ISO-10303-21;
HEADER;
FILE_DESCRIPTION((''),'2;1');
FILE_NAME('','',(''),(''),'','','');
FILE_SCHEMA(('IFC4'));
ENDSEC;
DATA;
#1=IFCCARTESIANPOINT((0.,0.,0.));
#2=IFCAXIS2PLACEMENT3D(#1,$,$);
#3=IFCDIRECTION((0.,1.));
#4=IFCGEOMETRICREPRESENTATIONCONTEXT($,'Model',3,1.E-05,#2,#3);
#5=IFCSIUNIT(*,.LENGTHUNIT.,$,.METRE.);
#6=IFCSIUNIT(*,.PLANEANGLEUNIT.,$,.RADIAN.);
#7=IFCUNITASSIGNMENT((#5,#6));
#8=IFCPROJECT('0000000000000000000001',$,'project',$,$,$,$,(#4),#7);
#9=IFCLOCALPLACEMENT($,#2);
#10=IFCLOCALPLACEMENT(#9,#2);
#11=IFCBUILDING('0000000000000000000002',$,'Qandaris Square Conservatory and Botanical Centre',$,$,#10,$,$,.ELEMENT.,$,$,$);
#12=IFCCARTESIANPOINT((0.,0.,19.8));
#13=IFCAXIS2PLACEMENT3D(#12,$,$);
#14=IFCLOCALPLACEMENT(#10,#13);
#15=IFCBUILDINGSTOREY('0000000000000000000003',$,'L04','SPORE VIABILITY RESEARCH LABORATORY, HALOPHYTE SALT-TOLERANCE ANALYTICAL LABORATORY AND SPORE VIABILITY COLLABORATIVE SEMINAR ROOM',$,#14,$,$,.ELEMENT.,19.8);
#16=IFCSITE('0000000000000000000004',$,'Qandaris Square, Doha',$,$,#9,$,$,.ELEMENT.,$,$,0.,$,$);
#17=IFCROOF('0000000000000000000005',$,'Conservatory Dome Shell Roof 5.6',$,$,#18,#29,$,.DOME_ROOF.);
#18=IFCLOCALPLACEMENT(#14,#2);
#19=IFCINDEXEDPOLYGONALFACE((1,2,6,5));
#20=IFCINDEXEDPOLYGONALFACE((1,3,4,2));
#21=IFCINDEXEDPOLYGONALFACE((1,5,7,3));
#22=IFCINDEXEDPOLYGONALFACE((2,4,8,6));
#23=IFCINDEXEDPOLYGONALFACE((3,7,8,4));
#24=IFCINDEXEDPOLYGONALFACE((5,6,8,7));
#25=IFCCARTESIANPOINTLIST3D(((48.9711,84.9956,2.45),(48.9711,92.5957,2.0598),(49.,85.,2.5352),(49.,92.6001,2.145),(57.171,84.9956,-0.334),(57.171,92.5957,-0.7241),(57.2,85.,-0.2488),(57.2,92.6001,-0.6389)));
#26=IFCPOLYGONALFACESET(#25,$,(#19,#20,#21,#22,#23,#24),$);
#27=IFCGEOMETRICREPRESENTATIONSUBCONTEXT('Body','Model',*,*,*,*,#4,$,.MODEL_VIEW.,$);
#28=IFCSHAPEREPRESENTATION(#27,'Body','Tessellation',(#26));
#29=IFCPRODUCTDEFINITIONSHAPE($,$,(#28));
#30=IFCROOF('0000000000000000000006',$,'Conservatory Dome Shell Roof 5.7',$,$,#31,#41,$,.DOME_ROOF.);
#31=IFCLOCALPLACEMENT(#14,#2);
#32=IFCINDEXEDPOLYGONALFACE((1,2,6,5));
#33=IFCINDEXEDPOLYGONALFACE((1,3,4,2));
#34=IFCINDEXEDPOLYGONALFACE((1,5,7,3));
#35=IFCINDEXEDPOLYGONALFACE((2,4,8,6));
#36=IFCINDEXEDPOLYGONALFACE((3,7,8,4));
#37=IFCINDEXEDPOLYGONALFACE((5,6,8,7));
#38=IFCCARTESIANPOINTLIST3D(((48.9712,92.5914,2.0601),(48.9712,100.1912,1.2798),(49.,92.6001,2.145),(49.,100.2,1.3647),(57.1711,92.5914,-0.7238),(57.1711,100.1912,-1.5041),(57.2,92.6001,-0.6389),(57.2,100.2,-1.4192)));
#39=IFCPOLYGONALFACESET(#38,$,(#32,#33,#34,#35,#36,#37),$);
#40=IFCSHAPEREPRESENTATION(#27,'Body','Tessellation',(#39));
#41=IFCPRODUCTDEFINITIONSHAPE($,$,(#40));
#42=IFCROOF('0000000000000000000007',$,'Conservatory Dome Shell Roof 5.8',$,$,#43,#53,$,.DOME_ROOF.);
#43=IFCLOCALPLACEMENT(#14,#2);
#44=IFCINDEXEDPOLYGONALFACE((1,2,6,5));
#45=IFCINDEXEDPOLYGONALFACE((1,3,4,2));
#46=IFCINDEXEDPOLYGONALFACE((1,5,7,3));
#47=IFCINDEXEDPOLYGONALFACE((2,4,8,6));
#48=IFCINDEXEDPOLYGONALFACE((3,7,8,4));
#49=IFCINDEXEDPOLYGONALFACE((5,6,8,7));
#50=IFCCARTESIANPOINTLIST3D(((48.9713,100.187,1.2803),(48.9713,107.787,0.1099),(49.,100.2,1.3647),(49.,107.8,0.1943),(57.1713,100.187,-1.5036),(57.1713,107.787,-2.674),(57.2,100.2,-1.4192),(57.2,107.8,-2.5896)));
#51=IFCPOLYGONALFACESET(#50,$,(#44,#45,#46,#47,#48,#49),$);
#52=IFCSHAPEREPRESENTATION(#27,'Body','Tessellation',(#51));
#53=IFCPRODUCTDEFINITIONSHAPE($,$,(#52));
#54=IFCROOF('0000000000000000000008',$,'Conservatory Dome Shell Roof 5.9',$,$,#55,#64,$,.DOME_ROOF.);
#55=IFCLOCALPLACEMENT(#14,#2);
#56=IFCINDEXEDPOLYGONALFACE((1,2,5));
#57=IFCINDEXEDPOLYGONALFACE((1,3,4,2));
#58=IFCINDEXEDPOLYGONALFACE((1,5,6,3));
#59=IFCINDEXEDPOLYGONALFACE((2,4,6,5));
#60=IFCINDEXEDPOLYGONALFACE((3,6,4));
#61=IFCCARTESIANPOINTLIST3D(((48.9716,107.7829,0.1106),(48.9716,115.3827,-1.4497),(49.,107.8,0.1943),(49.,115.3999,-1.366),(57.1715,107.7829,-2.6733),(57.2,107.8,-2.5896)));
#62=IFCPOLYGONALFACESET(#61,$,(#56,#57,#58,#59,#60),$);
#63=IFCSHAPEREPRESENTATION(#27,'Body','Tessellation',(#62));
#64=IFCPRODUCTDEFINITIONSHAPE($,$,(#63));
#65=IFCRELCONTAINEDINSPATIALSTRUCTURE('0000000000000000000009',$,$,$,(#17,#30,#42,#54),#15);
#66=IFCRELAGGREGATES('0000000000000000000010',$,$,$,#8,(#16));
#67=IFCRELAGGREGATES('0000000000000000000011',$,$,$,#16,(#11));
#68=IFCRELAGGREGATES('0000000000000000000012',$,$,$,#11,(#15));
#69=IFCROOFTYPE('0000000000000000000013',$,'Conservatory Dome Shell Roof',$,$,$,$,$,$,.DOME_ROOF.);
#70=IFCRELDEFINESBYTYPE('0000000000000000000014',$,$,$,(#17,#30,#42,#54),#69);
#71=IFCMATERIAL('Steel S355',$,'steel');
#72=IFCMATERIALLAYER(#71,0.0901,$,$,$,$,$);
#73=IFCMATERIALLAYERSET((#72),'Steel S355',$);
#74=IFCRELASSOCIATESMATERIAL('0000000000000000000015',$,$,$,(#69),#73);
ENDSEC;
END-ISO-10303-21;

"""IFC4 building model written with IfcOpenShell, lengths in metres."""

from ifc_helpers import new_model, si_unit, direction, frame, origin, place, context, subcontext, project, spatial, polyline, outline, extrude, material, layer, layer_set, type_object, element, save


model = new_model("IFC4")

# Units and contexts
model_context = context("Model", 3, precision=1e-05, world=origin(), true_north=direction((0.0, 1.0)))
body_context = subcontext(model_context, "Body", "Model", "MODEL_VIEW")
ifc_project = project(units=[si_unit("LENGTHUNIT", "METRE"), si_unit("PLANEANGLEUNIT", "RADIAN")], contexts=[model_context])

# Site, building, storey
site_placement = place(None, origin())
site = spatial("IfcSite", under=ifc_project, at=site_placement, Name="Qandaris Square, Doha", CompositionType="ELEMENT", RefElevation=0.0)
building_placement = place(site_placement, origin())
building = spatial("IfcBuilding", under=site, at=building_placement, Name="Qandaris Square Conservatory and Botanical Centre", CompositionType="ELEMENT")
storey_placement = place(building_placement, frame((0.0, 0.0, 19.8)))
storey = spatial("IfcBuildingStorey", under=building, at=storey_placement, Name="L04", Description="SPORE VIABILITY RESEARCH LABORATORY, HALOPHYTE SALT-TOLERANCE ANALYTICAL LABORATORY AND SPORE VIABILITY COLLABORATIVE SEMINAR ROOM", CompositionType="ELEMENT", Elevation=19.8)

# Shared definitions
ifc_material_1 = material(Name="Steel S355", Category="steel")

# Roofs
ifc_layer_1 = layer(ifc_material_1, 0.0901)
ifc_layer_set_1 = layer_set([ifc_layer_1], Name="Steel S355")
roof_type = type_object("IfcRoofType", Name="Conservatory Dome Shell Roof", PredefinedType="DOME_ROOF", material=ifc_layer_set_1)
roof_1_placement = place(storey_placement, frame((49.0, 85.0, 2.5352), z_axis=(0.321105, 0.048551, 0.945798), x_axis=(0.946915, 0.0, -0.321484)))
element("IfcRoof", 1, at=roof_1_placement, inside=storey, type_object=roof_type, Name="Conservatory Dome Shell Roof 5.6", PredefinedType="DOME_ROOF", context=body_context, shape_type="SweptSolid", body=[
    extrude(outline(polyline([(0.0, 0.0), (8.6596, 0.0), (8.7851, 7.6091), (0.1254, 7.6091), (0.0, 0.0)])), origin(), (0.0, 0.0, -1.0), 0.0901),
])
roof_2_placement = place(storey_placement, frame((49.0, 92.6001, 2.145), z_axis=(0.319975, 0.096763, 0.942472), x_axis=(0.946915, 0.0, -0.321484)))
element("IfcRoof", 2, at=roof_2_placement, inside=storey, type_object=roof_type, Name="Conservatory Dome Shell Roof 5.7", PredefinedType="DOME_ROOF", context=body_context, shape_type="SweptSolid", body=[
    extrude(outline(polyline([(0.0, 0.0), (8.6596, 0.0), (8.9105, 7.6357), (0.2508, 7.6357), (0.0, 0.0)])), origin(), (0.0, 0.0, -1.0), 0.0901),
])
roof_3_placement = place(storey_placement, frame((49.0, 100.2, 1.3647), z_axis=(0.318119, 0.144298, 0.937005), x_axis=(0.946915, 0.0, -0.321484)))
element("IfcRoof", 3, at=roof_3_placement, inside=storey, type_object=roof_type, Name="Conservatory Dome Shell Roof 5.8", PredefinedType="DOME_ROOF", context=body_context, shape_type="SweptSolid", body=[
    extrude(outline(polyline([(0.0, 0.0), (8.6596, 0.0), (9.0359, 7.6805), (0.3763, 7.6805), (0.0, 0.0)])), origin(), (0.0, 0.0, -1.0), 0.0901),
])
roof_4_placement = place(storey_placement, frame((49.0, 107.8, 0.1943), z_axis=(0.315575, 0.190835, 0.929513), x_axis=(0.946915, 0.0, -0.321484)))
element("IfcRoof", 4, at=roof_4_placement, inside=storey, type_object=roof_type, Name="Conservatory Dome Shell Roof 5.9", PredefinedType="DOME_ROOF", context=body_context, shape_type="SweptSolid", body=[
    extrude(outline(polyline([(0.0, 0.0), (8.6596, 0.0), (0.5016, 7.7421), (0.0, 0.0)])), origin(), (0.0, 0.0, -1.0), 0.0901),
])

save(model, "model.ifc")
